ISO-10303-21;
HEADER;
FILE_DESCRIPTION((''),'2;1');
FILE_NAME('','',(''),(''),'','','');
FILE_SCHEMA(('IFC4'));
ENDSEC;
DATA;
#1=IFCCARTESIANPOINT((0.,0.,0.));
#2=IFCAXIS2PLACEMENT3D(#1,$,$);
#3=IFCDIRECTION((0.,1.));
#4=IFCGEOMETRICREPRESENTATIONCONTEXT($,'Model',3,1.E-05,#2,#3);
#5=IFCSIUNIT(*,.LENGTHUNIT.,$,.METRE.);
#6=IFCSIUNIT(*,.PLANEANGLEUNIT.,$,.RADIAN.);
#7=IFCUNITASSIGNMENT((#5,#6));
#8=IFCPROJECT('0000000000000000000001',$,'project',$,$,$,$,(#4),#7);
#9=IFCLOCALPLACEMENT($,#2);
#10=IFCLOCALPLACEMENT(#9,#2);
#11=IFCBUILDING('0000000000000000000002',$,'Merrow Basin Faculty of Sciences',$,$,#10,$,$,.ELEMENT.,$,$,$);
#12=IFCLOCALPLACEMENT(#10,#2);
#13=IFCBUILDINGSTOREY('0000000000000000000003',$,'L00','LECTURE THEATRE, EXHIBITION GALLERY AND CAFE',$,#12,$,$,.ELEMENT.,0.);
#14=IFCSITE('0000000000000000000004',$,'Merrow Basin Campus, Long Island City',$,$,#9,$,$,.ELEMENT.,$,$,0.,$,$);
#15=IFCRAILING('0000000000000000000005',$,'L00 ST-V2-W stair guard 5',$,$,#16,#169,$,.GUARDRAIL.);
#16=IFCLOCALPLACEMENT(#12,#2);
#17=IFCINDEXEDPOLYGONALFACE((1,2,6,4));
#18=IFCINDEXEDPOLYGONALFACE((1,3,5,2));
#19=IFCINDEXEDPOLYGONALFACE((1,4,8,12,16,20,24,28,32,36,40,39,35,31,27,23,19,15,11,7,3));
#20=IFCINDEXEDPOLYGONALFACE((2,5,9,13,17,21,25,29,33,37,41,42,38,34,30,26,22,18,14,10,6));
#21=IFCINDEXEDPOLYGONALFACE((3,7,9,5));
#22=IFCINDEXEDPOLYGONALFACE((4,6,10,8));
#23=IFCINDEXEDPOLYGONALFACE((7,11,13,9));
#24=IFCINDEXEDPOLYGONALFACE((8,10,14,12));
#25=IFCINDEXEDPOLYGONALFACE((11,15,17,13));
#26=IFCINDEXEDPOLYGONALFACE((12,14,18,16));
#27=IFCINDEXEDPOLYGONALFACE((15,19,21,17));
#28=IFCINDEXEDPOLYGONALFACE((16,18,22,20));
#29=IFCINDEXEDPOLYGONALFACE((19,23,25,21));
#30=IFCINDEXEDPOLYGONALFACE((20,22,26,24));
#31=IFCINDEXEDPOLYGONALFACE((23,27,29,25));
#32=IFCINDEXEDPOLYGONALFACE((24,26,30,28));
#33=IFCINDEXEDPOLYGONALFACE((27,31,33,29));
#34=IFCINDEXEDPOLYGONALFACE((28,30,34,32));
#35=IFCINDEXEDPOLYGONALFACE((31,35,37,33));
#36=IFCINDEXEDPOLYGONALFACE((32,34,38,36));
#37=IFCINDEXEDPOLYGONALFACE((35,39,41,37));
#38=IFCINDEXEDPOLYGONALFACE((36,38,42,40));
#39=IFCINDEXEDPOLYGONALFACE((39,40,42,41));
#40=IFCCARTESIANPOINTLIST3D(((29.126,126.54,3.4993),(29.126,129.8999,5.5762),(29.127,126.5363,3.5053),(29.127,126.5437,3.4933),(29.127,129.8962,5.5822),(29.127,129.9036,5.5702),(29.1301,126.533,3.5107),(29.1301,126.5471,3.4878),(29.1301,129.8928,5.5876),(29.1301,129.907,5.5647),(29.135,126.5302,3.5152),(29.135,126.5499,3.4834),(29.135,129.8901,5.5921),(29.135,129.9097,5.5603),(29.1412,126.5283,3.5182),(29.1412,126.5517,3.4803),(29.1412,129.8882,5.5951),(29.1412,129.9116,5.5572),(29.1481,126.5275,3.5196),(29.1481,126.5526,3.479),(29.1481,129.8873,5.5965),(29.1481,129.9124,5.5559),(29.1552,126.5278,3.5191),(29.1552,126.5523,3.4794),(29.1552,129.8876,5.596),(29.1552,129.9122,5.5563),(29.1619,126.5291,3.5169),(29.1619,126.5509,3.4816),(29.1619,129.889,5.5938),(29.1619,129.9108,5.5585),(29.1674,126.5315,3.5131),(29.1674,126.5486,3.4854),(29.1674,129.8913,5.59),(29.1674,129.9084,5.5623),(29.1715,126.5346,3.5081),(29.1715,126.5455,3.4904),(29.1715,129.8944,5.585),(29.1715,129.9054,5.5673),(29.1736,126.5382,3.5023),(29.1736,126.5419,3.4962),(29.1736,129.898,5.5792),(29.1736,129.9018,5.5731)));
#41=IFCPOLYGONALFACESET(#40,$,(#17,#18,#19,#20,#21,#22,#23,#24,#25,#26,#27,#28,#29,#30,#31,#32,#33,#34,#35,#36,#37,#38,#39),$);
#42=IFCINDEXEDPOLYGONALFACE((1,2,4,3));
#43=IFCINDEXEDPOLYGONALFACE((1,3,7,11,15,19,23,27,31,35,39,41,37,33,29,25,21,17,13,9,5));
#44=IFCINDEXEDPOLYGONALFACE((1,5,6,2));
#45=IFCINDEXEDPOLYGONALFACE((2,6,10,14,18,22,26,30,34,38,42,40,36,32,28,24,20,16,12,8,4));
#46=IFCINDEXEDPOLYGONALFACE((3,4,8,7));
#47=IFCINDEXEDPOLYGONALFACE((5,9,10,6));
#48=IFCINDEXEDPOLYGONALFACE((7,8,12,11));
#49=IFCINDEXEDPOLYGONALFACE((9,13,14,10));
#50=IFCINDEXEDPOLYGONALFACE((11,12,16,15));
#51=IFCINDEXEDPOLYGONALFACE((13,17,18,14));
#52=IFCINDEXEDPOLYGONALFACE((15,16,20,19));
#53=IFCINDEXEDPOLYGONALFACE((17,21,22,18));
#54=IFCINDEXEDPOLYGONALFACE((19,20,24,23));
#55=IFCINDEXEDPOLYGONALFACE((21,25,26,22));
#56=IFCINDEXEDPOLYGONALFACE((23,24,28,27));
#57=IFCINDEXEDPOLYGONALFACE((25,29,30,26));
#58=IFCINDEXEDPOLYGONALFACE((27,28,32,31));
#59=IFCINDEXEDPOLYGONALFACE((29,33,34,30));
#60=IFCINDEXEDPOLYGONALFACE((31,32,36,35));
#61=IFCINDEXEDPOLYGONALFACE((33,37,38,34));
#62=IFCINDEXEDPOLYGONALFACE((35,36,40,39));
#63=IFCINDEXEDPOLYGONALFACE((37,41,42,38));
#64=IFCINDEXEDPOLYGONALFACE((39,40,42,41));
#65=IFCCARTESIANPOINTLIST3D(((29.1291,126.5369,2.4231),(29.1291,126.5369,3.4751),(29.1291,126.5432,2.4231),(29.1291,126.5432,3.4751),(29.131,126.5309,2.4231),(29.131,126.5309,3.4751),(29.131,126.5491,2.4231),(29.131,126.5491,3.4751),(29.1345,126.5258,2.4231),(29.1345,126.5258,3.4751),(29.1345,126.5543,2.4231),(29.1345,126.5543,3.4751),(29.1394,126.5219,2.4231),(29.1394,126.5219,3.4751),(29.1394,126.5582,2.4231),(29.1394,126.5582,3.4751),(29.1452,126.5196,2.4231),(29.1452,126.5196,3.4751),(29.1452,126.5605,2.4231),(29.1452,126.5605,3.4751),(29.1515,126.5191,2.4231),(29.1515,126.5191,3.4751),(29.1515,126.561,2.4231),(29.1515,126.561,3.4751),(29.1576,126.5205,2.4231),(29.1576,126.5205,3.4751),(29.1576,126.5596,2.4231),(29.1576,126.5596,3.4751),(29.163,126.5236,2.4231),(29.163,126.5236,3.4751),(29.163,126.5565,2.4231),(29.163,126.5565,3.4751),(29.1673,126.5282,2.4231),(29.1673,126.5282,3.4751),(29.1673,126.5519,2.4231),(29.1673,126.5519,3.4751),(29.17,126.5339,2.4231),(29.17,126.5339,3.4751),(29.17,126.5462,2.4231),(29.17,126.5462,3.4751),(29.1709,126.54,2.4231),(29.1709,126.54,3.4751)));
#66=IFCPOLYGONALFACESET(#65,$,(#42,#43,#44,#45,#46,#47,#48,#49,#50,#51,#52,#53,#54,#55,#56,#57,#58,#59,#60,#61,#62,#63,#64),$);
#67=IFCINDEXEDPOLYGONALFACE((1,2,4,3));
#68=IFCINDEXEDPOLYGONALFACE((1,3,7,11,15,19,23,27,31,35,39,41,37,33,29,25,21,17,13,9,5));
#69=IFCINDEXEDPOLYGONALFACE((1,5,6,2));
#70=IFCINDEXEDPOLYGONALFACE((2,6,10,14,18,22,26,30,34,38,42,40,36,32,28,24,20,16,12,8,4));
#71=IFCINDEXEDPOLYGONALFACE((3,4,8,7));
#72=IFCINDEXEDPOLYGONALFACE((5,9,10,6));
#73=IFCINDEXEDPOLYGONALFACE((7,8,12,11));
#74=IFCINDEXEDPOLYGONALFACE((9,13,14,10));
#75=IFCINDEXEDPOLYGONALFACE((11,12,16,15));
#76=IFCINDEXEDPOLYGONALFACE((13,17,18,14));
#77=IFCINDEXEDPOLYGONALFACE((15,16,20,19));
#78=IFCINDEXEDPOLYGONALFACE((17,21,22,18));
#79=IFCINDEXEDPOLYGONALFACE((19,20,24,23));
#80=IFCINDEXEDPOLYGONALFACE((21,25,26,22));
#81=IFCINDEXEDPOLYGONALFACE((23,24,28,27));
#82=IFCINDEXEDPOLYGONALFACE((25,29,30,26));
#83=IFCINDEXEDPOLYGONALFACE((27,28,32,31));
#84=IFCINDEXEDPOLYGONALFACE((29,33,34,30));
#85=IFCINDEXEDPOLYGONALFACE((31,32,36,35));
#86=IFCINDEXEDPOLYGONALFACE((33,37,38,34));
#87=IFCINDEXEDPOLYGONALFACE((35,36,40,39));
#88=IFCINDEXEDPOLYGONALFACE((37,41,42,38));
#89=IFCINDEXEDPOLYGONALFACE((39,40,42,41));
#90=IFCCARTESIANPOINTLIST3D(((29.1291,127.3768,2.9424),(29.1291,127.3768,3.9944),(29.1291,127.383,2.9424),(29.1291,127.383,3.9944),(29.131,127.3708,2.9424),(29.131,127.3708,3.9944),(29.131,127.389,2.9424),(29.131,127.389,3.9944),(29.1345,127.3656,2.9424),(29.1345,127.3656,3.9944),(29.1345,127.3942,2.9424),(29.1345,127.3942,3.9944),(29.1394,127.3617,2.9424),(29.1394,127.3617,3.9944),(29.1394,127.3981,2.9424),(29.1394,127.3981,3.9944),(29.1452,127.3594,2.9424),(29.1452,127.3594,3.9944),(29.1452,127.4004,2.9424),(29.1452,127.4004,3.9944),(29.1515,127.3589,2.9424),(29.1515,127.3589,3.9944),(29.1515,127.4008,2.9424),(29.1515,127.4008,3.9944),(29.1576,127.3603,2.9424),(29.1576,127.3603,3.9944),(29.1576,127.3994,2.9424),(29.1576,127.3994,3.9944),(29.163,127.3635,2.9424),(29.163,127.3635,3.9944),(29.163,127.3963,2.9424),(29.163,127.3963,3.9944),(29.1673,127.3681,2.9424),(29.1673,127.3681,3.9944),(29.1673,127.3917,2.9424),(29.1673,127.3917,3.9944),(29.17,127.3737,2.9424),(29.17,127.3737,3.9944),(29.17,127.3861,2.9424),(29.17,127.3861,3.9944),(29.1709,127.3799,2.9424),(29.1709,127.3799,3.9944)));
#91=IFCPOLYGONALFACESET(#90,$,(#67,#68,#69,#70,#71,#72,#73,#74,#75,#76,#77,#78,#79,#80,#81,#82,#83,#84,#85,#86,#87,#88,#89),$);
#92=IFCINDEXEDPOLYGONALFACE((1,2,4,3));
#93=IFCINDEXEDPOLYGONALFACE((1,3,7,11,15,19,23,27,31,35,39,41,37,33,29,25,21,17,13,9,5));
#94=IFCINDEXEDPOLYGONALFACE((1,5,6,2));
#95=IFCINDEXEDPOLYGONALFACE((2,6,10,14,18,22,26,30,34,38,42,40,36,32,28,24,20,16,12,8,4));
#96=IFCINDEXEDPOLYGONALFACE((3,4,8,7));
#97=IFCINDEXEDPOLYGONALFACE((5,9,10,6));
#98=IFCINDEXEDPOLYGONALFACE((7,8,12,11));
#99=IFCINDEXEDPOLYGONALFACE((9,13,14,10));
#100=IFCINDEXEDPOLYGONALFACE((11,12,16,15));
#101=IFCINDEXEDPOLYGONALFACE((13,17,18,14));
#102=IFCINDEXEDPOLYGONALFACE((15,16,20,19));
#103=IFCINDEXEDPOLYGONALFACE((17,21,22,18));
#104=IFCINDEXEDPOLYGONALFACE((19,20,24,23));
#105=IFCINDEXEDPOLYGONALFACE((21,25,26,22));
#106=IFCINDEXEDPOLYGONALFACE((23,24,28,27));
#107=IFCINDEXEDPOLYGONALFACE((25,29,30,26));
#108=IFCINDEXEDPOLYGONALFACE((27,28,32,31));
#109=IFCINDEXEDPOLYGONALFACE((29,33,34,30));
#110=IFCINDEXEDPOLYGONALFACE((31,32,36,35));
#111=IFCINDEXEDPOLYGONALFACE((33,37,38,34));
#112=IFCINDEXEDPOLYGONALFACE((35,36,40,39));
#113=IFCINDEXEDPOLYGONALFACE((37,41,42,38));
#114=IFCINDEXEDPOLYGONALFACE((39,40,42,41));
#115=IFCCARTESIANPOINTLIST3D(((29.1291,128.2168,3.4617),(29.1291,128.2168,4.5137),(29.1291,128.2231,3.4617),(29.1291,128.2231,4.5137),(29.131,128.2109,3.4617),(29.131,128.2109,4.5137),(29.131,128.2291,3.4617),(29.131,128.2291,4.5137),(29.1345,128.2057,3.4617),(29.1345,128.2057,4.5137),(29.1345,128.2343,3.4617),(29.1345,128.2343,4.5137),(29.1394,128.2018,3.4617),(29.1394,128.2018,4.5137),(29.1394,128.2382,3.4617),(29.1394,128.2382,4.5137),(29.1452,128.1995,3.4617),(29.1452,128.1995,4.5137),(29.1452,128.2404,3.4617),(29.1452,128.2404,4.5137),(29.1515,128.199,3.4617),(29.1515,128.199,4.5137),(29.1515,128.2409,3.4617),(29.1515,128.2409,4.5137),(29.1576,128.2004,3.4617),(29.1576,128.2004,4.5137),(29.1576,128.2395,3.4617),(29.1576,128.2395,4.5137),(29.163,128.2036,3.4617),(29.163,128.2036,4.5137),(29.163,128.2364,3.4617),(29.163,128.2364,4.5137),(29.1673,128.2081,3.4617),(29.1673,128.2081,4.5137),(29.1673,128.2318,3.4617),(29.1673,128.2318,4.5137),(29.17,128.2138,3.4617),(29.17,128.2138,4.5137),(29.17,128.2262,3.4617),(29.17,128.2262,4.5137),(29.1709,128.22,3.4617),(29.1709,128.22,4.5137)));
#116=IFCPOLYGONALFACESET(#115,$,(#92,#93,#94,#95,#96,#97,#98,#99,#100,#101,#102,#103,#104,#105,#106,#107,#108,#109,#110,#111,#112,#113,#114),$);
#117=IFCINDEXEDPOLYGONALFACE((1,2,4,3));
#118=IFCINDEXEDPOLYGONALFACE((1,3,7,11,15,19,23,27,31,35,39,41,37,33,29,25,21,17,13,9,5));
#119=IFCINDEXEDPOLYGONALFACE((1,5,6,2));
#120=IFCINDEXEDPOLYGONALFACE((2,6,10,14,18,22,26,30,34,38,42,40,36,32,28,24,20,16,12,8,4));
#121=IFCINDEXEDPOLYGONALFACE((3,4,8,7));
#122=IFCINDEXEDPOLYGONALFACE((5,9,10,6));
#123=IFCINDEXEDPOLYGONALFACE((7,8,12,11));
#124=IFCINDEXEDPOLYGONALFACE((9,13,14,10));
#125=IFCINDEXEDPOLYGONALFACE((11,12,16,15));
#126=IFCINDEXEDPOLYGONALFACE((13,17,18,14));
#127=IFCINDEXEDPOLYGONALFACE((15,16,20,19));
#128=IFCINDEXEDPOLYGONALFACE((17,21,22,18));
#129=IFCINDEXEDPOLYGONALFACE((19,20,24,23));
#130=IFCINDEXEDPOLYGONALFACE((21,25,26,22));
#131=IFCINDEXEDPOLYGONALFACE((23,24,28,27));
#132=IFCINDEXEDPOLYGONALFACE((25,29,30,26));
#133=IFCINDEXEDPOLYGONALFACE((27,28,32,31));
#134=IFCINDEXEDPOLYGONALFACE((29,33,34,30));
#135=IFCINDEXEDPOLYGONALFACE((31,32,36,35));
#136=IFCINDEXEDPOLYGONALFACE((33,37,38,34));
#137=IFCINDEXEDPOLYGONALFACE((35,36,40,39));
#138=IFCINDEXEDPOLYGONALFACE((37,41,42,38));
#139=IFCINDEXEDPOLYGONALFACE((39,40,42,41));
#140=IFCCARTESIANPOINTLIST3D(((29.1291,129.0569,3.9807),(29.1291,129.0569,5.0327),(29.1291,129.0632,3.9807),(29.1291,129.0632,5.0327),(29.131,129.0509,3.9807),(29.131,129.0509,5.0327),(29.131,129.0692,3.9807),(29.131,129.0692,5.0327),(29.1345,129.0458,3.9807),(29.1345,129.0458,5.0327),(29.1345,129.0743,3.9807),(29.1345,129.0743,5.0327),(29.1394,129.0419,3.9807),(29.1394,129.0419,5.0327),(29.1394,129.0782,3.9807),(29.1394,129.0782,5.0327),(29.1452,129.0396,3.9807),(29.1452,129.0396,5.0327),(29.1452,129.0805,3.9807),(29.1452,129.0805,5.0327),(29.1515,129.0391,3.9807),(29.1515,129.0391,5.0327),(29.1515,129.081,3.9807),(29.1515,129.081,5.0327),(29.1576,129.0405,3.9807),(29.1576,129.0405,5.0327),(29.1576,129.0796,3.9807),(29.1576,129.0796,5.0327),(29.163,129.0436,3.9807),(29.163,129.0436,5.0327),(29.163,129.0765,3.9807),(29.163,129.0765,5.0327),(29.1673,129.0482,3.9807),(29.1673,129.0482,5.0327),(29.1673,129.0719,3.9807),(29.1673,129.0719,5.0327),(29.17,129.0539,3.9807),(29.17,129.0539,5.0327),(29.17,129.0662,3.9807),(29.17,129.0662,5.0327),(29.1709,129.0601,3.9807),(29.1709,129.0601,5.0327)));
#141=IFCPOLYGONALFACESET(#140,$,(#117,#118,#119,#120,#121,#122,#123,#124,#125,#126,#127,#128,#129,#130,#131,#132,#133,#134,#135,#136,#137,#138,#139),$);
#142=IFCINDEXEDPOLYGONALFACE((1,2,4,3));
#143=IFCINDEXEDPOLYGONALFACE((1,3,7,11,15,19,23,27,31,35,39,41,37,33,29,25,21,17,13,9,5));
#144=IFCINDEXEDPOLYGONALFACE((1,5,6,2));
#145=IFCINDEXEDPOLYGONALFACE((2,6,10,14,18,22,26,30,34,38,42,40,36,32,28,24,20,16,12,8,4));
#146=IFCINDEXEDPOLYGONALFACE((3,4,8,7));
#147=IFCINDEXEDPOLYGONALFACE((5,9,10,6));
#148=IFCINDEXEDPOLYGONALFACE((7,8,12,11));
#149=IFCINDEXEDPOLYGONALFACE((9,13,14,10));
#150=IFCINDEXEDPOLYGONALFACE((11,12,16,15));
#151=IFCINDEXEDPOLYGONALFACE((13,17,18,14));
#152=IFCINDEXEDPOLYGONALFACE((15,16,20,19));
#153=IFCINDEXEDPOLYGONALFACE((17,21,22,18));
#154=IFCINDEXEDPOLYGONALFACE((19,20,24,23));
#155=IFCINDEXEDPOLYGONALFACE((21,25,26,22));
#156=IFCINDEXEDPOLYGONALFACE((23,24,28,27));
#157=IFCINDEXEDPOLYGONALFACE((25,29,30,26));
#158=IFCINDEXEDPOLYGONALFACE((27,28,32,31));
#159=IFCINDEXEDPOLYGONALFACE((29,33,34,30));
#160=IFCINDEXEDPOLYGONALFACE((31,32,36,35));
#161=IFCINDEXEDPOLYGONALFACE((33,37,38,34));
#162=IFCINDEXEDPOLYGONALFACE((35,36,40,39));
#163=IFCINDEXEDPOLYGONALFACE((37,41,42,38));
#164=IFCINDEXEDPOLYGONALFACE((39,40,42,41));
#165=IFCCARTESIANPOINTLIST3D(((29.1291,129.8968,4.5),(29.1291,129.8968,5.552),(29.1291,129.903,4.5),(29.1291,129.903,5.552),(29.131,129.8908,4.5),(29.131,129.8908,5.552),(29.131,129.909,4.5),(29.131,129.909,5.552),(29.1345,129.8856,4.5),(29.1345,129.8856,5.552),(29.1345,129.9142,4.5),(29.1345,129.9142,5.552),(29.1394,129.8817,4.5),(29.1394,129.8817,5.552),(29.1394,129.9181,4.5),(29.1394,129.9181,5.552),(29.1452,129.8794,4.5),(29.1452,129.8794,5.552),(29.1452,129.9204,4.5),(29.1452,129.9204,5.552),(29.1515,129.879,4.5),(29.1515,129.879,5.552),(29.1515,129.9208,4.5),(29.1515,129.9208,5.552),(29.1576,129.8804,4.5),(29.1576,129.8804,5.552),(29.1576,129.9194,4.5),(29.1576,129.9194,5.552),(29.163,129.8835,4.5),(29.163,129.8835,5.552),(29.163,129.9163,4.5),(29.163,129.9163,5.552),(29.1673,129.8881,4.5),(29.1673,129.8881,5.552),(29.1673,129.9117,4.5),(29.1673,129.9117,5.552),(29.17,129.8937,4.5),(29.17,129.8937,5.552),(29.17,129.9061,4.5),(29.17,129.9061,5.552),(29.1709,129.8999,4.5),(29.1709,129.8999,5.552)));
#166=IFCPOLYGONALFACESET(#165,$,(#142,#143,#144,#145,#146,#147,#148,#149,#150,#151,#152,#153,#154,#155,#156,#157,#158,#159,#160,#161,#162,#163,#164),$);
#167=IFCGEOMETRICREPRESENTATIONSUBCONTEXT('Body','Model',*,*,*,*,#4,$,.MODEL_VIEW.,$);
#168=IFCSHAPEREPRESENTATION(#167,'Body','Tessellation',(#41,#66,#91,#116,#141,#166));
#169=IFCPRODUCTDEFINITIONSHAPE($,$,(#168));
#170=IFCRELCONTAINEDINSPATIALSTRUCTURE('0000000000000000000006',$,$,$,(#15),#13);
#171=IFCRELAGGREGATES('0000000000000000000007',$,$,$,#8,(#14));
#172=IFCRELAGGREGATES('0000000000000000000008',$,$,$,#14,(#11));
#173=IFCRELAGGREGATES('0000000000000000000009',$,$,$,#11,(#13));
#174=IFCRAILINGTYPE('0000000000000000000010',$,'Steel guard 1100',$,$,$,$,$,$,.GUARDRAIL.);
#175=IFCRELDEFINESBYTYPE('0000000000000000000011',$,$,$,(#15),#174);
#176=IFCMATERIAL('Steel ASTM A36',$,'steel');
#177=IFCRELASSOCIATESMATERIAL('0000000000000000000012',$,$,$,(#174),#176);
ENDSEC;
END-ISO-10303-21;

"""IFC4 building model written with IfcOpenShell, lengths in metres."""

from ifc_helpers import new_model, si_unit, direction, frame, origin, origin_2d, place, context, subcontext, project, spatial, circle, extrude, material, type_object, element, save


model = new_model("IFC4")

# Units and contexts
model_context = context("Model", 3, precision=1e-05, world=origin(), true_north=direction((0.0, 1.0)))
body_context = subcontext(model_context, "Body", "Model", "MODEL_VIEW")
ifc_project = project(units=[si_unit("LENGTHUNIT", "METRE"), si_unit("PLANEANGLEUNIT", "RADIAN")], contexts=[model_context])

# Site, building, storey
site_placement = place(None, origin())
site = spatial("IfcSite", under=ifc_project, at=site_placement, Name="Merrow Basin Campus, Long Island City", CompositionType="ELEMENT", RefElevation=0.0)
building_placement = place(site_placement, origin())
building = spatial("IfcBuilding", under=site, at=building_placement, Name="Merrow Basin Faculty of Sciences", CompositionType="ELEMENT")
storey_placement = place(building_placement, origin())
storey = spatial("IfcBuildingStorey", under=building, at=storey_placement, Name="L00", Description="LECTURE THEATRE, EXHIBITION GALLERY AND CAFE", CompositionType="ELEMENT", Elevation=0.0)

# Railing
ifc_material_1 = material(Name="Steel ASTM A36", Category="steel")
railing_type_1 = type_object("IfcRailingType", Name="Steel guard 1100", PredefinedType="GUARDRAIL", material=ifc_material_1)
railing_1_placement = place(storey_placement, frame((29.1499, 126.54, 2.4231)))
element("IfcRailing", 1, at=railing_1_placement, inside=storey, type_object=railing_type_1, Name="L00 ST-V2-W stair guard 5", PredefinedType="GUARDRAIL", context=body_context, shape_type="SweptSolid", body=[
    extrude(circle(Radius=0.0239, at=origin_2d()), frame((0.0, 0.0, 1.0762), z_axis=(0.0, 0.850606, 0.525803), x_axis=(-1.0, 0.0, 0.0)), (0.0, 0.0, 1.0), 3.95),
    extrude(circle(Radius=0.021, at=origin_2d()), origin(), (0.0, 0.0, 1.0), 1.052),
    extrude(circle(Radius=0.021, at=origin_2d()), frame((0.0, 0.8398, 0.5193)), (0.0, 0.0, 1.0), 1.052),
    extrude(circle(Radius=0.021, at=origin_2d()), frame((0.0, 1.6799, 1.0386)), (0.0, 0.0, 1.0), 1.052),
    extrude(circle(Radius=0.021, at=origin_2d()), frame((0.0, 2.52, 1.5576)), (0.0, 0.0, 1.0), 1.052),
    extrude(circle(Radius=0.021, at=origin_2d()), frame((0.0, 3.3599, 2.0769)), (0.0, 0.0, 1.0), 1.052),
])

save(model, "model.ifc")
